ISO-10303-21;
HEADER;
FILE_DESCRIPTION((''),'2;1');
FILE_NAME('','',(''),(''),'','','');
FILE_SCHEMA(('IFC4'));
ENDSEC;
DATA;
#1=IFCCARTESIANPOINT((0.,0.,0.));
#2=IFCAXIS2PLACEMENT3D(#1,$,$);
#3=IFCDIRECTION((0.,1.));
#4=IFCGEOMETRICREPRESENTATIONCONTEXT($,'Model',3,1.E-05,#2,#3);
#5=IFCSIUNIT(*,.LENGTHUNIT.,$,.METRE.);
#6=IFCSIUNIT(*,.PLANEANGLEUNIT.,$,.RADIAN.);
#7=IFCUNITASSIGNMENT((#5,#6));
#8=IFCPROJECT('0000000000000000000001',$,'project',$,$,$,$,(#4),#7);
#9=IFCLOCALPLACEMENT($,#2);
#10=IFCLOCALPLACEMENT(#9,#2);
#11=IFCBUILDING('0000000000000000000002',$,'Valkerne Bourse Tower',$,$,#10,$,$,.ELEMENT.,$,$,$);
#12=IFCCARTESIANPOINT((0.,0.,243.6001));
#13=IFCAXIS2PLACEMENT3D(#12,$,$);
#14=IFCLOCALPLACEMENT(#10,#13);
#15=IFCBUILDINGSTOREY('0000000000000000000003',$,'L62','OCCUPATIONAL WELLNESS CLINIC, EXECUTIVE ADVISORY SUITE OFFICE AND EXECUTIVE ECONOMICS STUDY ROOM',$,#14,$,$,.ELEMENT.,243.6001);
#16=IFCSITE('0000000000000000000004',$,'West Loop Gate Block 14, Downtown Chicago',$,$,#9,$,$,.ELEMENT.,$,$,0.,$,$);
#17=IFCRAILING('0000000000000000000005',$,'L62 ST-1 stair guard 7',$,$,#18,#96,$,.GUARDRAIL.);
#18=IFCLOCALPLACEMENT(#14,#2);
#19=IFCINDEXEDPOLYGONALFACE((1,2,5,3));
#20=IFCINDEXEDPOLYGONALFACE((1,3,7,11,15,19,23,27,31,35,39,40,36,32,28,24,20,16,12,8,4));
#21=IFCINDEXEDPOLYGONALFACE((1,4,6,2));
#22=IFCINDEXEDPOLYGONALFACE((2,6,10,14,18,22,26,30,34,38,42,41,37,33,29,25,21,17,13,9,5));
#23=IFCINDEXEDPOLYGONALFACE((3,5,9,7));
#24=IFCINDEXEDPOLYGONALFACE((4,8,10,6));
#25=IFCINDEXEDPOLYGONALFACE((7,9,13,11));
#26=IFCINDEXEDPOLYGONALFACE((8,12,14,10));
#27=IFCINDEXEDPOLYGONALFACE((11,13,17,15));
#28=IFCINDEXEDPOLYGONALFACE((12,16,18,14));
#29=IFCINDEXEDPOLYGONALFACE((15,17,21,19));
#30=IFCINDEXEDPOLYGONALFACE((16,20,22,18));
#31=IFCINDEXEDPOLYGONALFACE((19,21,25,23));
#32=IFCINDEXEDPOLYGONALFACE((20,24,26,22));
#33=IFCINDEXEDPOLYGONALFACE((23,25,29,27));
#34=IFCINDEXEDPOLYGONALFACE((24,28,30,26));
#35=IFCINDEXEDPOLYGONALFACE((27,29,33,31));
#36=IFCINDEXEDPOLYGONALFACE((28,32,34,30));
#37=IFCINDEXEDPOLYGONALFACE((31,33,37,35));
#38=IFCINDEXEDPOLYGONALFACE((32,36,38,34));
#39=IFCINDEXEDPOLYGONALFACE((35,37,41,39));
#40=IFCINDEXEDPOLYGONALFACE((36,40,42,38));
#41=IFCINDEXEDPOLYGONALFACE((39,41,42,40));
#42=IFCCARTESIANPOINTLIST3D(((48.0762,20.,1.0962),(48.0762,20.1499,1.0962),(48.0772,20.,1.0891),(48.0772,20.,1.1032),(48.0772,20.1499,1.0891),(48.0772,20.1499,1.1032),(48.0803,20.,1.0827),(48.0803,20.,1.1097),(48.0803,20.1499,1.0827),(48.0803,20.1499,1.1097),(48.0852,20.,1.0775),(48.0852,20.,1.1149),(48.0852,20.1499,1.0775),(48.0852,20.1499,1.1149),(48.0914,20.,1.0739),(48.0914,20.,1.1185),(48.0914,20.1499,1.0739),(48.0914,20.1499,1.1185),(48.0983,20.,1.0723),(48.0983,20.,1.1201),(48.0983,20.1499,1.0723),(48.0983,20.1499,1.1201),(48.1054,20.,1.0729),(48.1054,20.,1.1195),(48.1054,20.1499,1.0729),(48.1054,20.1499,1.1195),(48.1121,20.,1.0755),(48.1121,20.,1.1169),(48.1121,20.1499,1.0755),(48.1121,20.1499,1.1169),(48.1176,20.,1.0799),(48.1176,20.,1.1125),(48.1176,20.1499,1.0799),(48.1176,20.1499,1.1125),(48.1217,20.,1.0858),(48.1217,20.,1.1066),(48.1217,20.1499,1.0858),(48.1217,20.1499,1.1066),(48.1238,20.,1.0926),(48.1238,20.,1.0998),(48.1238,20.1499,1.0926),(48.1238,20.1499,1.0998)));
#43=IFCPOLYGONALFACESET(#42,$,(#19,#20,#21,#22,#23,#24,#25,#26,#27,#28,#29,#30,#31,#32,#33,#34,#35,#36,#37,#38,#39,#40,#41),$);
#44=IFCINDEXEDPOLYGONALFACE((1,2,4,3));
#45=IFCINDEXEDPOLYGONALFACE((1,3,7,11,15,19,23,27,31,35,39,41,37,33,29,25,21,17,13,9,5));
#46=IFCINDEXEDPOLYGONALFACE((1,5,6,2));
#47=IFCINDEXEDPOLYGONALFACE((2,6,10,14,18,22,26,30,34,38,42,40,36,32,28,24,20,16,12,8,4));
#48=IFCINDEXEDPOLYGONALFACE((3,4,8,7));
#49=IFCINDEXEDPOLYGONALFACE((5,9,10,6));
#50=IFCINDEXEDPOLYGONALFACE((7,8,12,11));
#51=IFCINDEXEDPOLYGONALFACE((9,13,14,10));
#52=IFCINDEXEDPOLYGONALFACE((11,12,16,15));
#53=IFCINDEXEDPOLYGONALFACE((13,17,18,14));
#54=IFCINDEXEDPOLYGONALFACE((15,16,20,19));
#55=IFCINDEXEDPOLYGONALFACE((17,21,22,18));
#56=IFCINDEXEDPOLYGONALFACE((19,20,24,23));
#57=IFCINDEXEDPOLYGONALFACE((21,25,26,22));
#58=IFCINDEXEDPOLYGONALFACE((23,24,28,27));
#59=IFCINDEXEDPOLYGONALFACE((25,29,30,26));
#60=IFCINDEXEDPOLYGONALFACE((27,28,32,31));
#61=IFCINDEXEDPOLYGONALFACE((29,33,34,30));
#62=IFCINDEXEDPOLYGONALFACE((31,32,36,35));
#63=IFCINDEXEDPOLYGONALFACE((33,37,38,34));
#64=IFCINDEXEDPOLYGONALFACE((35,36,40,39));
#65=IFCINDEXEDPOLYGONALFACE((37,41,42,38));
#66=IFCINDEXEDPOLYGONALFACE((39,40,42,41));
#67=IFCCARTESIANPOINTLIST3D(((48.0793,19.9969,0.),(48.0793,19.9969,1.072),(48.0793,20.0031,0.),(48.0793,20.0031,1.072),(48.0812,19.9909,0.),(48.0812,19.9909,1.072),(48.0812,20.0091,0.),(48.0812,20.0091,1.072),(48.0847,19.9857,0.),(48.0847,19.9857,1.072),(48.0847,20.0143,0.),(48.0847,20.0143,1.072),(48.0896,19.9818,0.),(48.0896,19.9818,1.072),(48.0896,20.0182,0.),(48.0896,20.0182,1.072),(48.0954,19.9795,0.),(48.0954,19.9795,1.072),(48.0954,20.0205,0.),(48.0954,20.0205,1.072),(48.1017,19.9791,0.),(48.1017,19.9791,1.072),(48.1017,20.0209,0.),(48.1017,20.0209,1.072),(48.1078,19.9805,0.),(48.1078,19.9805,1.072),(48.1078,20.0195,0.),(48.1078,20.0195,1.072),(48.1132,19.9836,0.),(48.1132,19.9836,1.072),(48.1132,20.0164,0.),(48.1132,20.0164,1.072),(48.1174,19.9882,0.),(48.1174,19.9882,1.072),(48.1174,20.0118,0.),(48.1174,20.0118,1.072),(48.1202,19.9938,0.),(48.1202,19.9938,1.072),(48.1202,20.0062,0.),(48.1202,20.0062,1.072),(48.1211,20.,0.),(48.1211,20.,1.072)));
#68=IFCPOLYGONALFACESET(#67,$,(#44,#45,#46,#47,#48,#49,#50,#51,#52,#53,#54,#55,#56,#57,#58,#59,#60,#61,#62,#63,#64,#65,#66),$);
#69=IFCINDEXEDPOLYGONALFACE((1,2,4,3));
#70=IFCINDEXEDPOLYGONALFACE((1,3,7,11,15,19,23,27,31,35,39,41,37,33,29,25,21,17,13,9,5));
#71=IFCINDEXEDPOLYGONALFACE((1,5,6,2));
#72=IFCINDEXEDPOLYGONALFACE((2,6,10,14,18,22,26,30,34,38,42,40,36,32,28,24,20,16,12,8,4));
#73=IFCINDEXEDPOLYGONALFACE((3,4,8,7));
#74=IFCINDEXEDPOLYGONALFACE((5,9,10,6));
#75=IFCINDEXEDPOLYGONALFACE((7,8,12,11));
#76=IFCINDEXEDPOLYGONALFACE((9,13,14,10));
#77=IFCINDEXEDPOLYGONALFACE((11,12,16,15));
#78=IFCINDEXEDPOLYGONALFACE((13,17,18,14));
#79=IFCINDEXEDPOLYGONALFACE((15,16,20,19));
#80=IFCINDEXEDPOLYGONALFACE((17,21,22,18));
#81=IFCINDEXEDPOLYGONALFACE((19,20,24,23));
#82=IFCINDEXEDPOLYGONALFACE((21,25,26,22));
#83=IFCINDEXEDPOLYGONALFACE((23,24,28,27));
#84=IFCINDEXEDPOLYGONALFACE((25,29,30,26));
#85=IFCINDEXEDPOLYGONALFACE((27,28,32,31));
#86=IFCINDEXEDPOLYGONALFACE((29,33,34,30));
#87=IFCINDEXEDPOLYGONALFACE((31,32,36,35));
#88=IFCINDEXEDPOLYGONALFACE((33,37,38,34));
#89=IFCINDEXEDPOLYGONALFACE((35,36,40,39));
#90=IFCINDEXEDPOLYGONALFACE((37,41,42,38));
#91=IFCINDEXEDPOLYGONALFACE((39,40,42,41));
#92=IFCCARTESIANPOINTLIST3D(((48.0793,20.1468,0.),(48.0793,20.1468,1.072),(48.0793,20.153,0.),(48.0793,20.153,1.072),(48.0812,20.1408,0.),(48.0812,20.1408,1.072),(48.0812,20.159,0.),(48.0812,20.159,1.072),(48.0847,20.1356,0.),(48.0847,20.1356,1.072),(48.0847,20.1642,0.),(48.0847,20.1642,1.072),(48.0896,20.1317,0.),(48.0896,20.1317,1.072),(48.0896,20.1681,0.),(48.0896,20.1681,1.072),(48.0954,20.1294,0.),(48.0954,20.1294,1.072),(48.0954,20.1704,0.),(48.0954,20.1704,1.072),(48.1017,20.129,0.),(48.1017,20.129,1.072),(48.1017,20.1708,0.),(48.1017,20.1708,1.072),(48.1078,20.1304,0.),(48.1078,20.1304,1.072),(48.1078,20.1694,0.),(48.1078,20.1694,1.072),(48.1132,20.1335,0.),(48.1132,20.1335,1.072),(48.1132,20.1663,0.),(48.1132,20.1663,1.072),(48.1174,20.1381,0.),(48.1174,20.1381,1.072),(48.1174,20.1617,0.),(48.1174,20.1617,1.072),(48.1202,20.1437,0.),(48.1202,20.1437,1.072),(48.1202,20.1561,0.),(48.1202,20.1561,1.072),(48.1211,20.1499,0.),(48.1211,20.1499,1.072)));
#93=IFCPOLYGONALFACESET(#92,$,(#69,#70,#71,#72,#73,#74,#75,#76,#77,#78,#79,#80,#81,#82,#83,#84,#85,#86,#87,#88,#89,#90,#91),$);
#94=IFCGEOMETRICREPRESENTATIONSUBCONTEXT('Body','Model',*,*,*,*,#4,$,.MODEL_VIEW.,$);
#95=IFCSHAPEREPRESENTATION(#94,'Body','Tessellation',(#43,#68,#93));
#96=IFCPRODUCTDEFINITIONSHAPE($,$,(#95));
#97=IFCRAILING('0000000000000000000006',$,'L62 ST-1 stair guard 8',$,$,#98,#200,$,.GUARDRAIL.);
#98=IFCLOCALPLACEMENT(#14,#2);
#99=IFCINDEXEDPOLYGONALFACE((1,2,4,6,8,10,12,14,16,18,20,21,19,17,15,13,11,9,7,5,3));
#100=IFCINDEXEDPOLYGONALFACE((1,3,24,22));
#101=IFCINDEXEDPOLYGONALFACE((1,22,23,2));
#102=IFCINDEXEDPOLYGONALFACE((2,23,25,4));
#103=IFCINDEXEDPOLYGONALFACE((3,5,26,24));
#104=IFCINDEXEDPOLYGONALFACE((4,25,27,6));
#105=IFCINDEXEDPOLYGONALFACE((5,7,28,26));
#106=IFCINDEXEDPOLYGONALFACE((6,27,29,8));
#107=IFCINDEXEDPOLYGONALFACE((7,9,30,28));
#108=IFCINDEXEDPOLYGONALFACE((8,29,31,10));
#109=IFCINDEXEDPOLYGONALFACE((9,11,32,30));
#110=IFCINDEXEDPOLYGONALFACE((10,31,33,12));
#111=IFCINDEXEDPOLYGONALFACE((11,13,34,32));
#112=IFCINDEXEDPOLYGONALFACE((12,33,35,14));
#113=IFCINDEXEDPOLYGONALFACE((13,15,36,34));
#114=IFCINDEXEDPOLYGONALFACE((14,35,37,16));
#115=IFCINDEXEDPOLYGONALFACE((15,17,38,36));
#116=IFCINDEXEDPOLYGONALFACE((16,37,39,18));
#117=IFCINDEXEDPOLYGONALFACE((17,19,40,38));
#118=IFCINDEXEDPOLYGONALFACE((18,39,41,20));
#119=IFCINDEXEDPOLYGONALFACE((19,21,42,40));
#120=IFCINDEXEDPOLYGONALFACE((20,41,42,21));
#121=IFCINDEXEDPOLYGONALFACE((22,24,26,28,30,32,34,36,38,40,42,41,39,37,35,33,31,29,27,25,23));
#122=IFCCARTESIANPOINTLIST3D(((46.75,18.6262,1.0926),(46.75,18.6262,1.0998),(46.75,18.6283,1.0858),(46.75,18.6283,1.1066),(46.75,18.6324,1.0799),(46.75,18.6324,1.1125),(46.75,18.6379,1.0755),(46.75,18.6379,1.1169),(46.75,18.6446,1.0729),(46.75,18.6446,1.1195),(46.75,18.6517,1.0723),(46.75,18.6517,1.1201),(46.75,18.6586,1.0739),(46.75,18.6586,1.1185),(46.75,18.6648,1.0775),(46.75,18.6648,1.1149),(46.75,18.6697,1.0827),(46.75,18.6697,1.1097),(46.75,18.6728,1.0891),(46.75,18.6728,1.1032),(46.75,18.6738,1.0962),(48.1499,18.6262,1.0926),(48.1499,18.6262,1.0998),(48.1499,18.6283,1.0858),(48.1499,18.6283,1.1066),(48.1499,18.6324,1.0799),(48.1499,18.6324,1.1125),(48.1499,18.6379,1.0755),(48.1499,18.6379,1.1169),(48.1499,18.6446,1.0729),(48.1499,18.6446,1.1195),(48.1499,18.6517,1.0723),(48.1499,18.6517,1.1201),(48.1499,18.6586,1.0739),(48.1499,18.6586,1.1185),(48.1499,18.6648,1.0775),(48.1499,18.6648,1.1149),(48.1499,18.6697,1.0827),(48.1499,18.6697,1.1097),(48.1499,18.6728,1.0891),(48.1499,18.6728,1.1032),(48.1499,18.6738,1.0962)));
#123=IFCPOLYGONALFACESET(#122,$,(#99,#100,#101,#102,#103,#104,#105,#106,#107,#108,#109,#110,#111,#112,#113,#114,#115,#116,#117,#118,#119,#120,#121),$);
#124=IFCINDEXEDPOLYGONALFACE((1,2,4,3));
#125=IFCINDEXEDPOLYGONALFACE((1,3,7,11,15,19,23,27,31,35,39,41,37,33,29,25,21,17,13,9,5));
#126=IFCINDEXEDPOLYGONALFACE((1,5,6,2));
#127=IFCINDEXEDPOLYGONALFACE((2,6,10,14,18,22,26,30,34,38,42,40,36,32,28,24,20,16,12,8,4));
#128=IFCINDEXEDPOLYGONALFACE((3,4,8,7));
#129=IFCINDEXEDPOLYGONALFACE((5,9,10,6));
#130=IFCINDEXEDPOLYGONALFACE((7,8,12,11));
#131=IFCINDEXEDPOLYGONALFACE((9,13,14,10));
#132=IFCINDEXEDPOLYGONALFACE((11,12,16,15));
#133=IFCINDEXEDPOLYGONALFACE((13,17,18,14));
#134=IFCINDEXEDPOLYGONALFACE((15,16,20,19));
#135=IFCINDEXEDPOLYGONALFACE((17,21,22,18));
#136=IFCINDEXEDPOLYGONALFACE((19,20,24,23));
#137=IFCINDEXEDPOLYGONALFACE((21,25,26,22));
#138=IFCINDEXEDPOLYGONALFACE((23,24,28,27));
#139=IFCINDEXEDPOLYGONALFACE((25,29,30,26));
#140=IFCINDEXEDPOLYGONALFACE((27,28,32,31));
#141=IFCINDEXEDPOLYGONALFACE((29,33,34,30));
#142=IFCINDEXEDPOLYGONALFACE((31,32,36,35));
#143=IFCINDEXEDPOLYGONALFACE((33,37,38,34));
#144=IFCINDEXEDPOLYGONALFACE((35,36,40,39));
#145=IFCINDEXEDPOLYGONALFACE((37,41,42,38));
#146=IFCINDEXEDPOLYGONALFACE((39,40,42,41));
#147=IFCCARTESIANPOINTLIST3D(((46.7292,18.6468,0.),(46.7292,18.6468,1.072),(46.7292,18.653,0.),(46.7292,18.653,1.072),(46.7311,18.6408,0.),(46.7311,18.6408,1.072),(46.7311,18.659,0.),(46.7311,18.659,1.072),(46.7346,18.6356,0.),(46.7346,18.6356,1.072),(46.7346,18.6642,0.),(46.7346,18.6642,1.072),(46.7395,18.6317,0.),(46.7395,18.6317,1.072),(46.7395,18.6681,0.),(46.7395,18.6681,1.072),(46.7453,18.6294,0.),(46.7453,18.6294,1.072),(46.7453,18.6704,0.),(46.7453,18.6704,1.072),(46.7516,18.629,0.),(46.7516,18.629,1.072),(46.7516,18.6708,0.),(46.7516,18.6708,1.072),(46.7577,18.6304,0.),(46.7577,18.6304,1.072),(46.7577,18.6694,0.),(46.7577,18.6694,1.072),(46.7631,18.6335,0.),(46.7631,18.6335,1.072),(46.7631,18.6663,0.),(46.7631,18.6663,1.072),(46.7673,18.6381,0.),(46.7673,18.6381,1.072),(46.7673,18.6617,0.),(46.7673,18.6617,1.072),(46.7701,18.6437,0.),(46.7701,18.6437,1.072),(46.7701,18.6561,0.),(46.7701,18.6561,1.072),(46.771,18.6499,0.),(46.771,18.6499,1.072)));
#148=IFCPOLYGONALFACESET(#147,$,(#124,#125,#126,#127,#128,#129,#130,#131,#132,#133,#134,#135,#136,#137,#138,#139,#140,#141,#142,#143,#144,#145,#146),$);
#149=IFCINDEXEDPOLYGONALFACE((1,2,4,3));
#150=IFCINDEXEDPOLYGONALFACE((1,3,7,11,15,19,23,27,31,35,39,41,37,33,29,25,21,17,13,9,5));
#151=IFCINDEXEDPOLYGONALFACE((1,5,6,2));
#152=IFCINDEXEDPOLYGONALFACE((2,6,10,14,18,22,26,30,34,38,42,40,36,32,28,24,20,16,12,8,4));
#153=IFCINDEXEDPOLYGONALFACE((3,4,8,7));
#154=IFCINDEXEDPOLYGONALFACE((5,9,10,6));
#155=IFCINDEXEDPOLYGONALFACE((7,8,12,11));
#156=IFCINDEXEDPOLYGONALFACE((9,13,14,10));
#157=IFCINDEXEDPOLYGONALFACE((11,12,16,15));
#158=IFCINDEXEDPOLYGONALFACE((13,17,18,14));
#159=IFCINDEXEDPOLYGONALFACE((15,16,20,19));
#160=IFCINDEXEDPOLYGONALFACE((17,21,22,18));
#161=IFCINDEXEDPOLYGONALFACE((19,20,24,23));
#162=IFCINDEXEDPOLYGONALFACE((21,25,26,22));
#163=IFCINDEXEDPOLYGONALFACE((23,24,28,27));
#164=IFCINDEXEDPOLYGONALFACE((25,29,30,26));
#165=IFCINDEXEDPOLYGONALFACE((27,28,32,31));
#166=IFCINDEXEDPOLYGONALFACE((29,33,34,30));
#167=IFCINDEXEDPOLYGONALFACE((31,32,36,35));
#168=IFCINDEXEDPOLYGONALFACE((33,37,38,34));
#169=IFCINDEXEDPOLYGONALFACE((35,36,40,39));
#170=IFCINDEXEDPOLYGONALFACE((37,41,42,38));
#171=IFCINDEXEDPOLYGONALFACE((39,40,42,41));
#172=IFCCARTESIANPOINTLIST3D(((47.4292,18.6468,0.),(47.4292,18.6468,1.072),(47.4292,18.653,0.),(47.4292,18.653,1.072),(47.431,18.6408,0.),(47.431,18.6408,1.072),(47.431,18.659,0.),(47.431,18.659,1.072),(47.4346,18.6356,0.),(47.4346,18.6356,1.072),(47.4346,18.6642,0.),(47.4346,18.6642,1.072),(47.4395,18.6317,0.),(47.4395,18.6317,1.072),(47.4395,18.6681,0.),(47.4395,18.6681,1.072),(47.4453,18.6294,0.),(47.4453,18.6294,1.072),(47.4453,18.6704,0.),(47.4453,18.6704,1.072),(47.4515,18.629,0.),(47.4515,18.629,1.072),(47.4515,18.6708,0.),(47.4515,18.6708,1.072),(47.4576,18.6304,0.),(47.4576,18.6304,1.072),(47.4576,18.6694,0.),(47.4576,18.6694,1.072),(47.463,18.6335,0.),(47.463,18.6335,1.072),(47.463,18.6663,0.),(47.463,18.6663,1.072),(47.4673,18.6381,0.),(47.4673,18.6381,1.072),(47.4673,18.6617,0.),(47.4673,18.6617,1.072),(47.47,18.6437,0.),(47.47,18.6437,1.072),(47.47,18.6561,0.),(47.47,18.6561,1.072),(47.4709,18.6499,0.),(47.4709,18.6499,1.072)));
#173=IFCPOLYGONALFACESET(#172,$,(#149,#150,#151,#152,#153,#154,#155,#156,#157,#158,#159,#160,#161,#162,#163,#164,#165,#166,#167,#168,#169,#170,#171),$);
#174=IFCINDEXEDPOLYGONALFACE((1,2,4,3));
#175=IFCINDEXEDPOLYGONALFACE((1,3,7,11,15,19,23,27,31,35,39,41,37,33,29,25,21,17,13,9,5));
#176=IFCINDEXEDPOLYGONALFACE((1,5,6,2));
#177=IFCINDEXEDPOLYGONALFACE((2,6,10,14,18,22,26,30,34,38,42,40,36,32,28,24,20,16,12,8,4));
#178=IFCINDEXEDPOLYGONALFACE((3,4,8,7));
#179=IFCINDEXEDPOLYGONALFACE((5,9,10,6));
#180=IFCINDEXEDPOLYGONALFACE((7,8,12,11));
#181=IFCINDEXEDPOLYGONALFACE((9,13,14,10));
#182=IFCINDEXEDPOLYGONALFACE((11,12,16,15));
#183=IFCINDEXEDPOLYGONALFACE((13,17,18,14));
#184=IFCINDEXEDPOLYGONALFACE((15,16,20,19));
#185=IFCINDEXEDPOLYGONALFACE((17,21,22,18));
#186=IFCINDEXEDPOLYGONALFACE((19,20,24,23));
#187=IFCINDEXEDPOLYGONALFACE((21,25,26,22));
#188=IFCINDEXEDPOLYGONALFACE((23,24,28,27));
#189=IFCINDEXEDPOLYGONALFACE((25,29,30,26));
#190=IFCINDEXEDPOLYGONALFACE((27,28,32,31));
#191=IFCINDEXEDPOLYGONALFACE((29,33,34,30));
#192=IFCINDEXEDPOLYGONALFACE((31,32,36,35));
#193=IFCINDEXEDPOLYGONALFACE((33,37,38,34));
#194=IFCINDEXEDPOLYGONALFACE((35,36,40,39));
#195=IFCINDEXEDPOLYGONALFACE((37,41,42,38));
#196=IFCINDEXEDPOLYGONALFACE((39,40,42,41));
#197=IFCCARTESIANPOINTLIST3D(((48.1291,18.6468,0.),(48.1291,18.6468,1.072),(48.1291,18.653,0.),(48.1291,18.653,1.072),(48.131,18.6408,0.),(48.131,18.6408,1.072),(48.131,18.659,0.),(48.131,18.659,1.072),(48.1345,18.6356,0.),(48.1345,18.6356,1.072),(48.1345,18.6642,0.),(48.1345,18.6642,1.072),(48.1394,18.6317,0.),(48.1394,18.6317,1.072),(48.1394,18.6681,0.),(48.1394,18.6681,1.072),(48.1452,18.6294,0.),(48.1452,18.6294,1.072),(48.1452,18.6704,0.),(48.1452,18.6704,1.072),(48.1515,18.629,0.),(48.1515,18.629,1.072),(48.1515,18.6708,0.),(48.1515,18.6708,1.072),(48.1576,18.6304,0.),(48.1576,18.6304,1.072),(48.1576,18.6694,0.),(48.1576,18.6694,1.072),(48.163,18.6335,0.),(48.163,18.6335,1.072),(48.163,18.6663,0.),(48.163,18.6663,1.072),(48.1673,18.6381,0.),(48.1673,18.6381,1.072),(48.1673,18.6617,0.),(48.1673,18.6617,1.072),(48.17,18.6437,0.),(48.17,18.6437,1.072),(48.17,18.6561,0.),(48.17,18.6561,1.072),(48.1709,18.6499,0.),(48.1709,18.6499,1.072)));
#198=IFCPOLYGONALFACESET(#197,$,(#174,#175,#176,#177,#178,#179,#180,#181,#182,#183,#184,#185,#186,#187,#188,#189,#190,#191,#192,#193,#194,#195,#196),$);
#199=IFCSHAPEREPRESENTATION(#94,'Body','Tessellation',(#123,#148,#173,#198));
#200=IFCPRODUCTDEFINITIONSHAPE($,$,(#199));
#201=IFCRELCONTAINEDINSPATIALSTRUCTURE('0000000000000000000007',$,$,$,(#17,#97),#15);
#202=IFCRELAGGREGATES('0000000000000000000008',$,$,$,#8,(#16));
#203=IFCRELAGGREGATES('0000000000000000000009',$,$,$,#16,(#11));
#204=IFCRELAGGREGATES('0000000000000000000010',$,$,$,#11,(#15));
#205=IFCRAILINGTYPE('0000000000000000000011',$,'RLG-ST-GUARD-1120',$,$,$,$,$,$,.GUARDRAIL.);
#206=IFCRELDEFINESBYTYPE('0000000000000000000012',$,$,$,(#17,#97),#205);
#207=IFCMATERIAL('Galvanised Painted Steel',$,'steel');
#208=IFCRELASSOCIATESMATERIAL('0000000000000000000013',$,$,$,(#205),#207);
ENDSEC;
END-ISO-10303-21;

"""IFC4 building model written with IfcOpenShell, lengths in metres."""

from ifc_helpers import new_model, si_unit, direction, frame, origin, origin_2d, place, context, subcontext, project, spatial, circle, extrude, material, type_object, element, save


model = new_model("IFC4")

# Units and contexts
model_context = context("Model", 3, precision=1e-05, world=origin(), true_north=direction((0.0, 1.0)))
body_context = subcontext(model_context, "Body", "Model", "MODEL_VIEW")
ifc_project = project(units=[si_unit("LENGTHUNIT", "METRE"), si_unit("PLANEANGLEUNIT", "RADIAN")], contexts=[model_context])

# Site, building, storey
site_placement = place(None, origin())
site = spatial("IfcSite", under=ifc_project, at=site_placement, Name="West Loop Gate Block 14, Downtown Chicago", CompositionType="ELEMENT", RefElevation=0.0)
building_placement = place(site_placement, origin())
building = spatial("IfcBuilding", under=site, at=building_placement, Name="Valkerne Bourse Tower", CompositionType="ELEMENT")
storey_placement = place(building_placement, frame((0.0, 0.0, 243.6001)))
storey = spatial("IfcBuildingStorey", under=building, at=storey_placement, Name="L62", Description="OCCUPATIONAL WELLNESS CLINIC, EXECUTIVE ADVISORY SUITE OFFICE AND EXECUTIVE ECONOMICS STUDY ROOM", CompositionType="ELEMENT", Elevation=243.6001)

# Shared definitions
ifc_material_1 = material(Name="Galvanised Painted Steel", Category="steel")

# Railings
railing_type_1 = type_object("IfcRailingType", Name="RLG-ST-GUARD-1120", PredefinedType="GUARDRAIL", material=ifc_material_1)
railing_1_placement = place(storey_placement, frame((48.1001, 20.0, 0.0)))
element("IfcRailing", 1, at=railing_1_placement, inside=storey, type_object=railing_type_1, Name="L62 ST-1 stair guard 7", PredefinedType="GUARDRAIL", context=body_context, shape_type="SweptSolid", body=[
    extrude(circle(Radius=0.0239, at=origin_2d()), frame((0.0, 0.0, 1.0962), z_axis=(0.0, 1.0, 0.0), x_axis=(-1.0, 0.0, 0.0)), (0.0, 0.0, 1.0), 0.1499),
    extrude(circle(Radius=0.021, at=origin_2d()), origin(), (0.0, 0.0, 1.0), 1.072),
    extrude(circle(Radius=0.021, at=origin_2d()), frame((0.0, 0.1499, 0.0)), (0.0, 0.0, 1.0), 1.072),
])
for number, where, name in (
    (2, (46.75, 18.6499, 0.0), "L62 ST-1 stair guard 8"),
):
    element("IfcRailing", number, at=place(storey_placement, frame(where)), inside=storey, type_object=railing_type_1, Name=name, PredefinedType="GUARDRAIL", context=body_context, shape_type="SweptSolid", body=[
        extrude(circle(Radius=0.0239, at=origin_2d()), frame((0.0, 0.0, 1.0962), z_axis=(1.0, 0.0, 0.0), x_axis=(0.0, 1.0, 0.0)), (0.0, 0.0, 1.0), 1.3999),
        extrude(circle(Radius=0.021, at=origin_2d()), origin(), (0.0, 0.0, 1.0), 1.072),
        extrude(circle(Radius=0.021, at=origin_2d()), frame((0.7, 0.0, 0.0)), (0.0, 0.0, 1.0), 1.072),
        extrude(circle(Radius=0.021, at=origin_2d()), frame((1.3999, 0.0, 0.0)), (0.0, 0.0, 1.0), 1.072),
    ])

save(model, "model.ifc")
